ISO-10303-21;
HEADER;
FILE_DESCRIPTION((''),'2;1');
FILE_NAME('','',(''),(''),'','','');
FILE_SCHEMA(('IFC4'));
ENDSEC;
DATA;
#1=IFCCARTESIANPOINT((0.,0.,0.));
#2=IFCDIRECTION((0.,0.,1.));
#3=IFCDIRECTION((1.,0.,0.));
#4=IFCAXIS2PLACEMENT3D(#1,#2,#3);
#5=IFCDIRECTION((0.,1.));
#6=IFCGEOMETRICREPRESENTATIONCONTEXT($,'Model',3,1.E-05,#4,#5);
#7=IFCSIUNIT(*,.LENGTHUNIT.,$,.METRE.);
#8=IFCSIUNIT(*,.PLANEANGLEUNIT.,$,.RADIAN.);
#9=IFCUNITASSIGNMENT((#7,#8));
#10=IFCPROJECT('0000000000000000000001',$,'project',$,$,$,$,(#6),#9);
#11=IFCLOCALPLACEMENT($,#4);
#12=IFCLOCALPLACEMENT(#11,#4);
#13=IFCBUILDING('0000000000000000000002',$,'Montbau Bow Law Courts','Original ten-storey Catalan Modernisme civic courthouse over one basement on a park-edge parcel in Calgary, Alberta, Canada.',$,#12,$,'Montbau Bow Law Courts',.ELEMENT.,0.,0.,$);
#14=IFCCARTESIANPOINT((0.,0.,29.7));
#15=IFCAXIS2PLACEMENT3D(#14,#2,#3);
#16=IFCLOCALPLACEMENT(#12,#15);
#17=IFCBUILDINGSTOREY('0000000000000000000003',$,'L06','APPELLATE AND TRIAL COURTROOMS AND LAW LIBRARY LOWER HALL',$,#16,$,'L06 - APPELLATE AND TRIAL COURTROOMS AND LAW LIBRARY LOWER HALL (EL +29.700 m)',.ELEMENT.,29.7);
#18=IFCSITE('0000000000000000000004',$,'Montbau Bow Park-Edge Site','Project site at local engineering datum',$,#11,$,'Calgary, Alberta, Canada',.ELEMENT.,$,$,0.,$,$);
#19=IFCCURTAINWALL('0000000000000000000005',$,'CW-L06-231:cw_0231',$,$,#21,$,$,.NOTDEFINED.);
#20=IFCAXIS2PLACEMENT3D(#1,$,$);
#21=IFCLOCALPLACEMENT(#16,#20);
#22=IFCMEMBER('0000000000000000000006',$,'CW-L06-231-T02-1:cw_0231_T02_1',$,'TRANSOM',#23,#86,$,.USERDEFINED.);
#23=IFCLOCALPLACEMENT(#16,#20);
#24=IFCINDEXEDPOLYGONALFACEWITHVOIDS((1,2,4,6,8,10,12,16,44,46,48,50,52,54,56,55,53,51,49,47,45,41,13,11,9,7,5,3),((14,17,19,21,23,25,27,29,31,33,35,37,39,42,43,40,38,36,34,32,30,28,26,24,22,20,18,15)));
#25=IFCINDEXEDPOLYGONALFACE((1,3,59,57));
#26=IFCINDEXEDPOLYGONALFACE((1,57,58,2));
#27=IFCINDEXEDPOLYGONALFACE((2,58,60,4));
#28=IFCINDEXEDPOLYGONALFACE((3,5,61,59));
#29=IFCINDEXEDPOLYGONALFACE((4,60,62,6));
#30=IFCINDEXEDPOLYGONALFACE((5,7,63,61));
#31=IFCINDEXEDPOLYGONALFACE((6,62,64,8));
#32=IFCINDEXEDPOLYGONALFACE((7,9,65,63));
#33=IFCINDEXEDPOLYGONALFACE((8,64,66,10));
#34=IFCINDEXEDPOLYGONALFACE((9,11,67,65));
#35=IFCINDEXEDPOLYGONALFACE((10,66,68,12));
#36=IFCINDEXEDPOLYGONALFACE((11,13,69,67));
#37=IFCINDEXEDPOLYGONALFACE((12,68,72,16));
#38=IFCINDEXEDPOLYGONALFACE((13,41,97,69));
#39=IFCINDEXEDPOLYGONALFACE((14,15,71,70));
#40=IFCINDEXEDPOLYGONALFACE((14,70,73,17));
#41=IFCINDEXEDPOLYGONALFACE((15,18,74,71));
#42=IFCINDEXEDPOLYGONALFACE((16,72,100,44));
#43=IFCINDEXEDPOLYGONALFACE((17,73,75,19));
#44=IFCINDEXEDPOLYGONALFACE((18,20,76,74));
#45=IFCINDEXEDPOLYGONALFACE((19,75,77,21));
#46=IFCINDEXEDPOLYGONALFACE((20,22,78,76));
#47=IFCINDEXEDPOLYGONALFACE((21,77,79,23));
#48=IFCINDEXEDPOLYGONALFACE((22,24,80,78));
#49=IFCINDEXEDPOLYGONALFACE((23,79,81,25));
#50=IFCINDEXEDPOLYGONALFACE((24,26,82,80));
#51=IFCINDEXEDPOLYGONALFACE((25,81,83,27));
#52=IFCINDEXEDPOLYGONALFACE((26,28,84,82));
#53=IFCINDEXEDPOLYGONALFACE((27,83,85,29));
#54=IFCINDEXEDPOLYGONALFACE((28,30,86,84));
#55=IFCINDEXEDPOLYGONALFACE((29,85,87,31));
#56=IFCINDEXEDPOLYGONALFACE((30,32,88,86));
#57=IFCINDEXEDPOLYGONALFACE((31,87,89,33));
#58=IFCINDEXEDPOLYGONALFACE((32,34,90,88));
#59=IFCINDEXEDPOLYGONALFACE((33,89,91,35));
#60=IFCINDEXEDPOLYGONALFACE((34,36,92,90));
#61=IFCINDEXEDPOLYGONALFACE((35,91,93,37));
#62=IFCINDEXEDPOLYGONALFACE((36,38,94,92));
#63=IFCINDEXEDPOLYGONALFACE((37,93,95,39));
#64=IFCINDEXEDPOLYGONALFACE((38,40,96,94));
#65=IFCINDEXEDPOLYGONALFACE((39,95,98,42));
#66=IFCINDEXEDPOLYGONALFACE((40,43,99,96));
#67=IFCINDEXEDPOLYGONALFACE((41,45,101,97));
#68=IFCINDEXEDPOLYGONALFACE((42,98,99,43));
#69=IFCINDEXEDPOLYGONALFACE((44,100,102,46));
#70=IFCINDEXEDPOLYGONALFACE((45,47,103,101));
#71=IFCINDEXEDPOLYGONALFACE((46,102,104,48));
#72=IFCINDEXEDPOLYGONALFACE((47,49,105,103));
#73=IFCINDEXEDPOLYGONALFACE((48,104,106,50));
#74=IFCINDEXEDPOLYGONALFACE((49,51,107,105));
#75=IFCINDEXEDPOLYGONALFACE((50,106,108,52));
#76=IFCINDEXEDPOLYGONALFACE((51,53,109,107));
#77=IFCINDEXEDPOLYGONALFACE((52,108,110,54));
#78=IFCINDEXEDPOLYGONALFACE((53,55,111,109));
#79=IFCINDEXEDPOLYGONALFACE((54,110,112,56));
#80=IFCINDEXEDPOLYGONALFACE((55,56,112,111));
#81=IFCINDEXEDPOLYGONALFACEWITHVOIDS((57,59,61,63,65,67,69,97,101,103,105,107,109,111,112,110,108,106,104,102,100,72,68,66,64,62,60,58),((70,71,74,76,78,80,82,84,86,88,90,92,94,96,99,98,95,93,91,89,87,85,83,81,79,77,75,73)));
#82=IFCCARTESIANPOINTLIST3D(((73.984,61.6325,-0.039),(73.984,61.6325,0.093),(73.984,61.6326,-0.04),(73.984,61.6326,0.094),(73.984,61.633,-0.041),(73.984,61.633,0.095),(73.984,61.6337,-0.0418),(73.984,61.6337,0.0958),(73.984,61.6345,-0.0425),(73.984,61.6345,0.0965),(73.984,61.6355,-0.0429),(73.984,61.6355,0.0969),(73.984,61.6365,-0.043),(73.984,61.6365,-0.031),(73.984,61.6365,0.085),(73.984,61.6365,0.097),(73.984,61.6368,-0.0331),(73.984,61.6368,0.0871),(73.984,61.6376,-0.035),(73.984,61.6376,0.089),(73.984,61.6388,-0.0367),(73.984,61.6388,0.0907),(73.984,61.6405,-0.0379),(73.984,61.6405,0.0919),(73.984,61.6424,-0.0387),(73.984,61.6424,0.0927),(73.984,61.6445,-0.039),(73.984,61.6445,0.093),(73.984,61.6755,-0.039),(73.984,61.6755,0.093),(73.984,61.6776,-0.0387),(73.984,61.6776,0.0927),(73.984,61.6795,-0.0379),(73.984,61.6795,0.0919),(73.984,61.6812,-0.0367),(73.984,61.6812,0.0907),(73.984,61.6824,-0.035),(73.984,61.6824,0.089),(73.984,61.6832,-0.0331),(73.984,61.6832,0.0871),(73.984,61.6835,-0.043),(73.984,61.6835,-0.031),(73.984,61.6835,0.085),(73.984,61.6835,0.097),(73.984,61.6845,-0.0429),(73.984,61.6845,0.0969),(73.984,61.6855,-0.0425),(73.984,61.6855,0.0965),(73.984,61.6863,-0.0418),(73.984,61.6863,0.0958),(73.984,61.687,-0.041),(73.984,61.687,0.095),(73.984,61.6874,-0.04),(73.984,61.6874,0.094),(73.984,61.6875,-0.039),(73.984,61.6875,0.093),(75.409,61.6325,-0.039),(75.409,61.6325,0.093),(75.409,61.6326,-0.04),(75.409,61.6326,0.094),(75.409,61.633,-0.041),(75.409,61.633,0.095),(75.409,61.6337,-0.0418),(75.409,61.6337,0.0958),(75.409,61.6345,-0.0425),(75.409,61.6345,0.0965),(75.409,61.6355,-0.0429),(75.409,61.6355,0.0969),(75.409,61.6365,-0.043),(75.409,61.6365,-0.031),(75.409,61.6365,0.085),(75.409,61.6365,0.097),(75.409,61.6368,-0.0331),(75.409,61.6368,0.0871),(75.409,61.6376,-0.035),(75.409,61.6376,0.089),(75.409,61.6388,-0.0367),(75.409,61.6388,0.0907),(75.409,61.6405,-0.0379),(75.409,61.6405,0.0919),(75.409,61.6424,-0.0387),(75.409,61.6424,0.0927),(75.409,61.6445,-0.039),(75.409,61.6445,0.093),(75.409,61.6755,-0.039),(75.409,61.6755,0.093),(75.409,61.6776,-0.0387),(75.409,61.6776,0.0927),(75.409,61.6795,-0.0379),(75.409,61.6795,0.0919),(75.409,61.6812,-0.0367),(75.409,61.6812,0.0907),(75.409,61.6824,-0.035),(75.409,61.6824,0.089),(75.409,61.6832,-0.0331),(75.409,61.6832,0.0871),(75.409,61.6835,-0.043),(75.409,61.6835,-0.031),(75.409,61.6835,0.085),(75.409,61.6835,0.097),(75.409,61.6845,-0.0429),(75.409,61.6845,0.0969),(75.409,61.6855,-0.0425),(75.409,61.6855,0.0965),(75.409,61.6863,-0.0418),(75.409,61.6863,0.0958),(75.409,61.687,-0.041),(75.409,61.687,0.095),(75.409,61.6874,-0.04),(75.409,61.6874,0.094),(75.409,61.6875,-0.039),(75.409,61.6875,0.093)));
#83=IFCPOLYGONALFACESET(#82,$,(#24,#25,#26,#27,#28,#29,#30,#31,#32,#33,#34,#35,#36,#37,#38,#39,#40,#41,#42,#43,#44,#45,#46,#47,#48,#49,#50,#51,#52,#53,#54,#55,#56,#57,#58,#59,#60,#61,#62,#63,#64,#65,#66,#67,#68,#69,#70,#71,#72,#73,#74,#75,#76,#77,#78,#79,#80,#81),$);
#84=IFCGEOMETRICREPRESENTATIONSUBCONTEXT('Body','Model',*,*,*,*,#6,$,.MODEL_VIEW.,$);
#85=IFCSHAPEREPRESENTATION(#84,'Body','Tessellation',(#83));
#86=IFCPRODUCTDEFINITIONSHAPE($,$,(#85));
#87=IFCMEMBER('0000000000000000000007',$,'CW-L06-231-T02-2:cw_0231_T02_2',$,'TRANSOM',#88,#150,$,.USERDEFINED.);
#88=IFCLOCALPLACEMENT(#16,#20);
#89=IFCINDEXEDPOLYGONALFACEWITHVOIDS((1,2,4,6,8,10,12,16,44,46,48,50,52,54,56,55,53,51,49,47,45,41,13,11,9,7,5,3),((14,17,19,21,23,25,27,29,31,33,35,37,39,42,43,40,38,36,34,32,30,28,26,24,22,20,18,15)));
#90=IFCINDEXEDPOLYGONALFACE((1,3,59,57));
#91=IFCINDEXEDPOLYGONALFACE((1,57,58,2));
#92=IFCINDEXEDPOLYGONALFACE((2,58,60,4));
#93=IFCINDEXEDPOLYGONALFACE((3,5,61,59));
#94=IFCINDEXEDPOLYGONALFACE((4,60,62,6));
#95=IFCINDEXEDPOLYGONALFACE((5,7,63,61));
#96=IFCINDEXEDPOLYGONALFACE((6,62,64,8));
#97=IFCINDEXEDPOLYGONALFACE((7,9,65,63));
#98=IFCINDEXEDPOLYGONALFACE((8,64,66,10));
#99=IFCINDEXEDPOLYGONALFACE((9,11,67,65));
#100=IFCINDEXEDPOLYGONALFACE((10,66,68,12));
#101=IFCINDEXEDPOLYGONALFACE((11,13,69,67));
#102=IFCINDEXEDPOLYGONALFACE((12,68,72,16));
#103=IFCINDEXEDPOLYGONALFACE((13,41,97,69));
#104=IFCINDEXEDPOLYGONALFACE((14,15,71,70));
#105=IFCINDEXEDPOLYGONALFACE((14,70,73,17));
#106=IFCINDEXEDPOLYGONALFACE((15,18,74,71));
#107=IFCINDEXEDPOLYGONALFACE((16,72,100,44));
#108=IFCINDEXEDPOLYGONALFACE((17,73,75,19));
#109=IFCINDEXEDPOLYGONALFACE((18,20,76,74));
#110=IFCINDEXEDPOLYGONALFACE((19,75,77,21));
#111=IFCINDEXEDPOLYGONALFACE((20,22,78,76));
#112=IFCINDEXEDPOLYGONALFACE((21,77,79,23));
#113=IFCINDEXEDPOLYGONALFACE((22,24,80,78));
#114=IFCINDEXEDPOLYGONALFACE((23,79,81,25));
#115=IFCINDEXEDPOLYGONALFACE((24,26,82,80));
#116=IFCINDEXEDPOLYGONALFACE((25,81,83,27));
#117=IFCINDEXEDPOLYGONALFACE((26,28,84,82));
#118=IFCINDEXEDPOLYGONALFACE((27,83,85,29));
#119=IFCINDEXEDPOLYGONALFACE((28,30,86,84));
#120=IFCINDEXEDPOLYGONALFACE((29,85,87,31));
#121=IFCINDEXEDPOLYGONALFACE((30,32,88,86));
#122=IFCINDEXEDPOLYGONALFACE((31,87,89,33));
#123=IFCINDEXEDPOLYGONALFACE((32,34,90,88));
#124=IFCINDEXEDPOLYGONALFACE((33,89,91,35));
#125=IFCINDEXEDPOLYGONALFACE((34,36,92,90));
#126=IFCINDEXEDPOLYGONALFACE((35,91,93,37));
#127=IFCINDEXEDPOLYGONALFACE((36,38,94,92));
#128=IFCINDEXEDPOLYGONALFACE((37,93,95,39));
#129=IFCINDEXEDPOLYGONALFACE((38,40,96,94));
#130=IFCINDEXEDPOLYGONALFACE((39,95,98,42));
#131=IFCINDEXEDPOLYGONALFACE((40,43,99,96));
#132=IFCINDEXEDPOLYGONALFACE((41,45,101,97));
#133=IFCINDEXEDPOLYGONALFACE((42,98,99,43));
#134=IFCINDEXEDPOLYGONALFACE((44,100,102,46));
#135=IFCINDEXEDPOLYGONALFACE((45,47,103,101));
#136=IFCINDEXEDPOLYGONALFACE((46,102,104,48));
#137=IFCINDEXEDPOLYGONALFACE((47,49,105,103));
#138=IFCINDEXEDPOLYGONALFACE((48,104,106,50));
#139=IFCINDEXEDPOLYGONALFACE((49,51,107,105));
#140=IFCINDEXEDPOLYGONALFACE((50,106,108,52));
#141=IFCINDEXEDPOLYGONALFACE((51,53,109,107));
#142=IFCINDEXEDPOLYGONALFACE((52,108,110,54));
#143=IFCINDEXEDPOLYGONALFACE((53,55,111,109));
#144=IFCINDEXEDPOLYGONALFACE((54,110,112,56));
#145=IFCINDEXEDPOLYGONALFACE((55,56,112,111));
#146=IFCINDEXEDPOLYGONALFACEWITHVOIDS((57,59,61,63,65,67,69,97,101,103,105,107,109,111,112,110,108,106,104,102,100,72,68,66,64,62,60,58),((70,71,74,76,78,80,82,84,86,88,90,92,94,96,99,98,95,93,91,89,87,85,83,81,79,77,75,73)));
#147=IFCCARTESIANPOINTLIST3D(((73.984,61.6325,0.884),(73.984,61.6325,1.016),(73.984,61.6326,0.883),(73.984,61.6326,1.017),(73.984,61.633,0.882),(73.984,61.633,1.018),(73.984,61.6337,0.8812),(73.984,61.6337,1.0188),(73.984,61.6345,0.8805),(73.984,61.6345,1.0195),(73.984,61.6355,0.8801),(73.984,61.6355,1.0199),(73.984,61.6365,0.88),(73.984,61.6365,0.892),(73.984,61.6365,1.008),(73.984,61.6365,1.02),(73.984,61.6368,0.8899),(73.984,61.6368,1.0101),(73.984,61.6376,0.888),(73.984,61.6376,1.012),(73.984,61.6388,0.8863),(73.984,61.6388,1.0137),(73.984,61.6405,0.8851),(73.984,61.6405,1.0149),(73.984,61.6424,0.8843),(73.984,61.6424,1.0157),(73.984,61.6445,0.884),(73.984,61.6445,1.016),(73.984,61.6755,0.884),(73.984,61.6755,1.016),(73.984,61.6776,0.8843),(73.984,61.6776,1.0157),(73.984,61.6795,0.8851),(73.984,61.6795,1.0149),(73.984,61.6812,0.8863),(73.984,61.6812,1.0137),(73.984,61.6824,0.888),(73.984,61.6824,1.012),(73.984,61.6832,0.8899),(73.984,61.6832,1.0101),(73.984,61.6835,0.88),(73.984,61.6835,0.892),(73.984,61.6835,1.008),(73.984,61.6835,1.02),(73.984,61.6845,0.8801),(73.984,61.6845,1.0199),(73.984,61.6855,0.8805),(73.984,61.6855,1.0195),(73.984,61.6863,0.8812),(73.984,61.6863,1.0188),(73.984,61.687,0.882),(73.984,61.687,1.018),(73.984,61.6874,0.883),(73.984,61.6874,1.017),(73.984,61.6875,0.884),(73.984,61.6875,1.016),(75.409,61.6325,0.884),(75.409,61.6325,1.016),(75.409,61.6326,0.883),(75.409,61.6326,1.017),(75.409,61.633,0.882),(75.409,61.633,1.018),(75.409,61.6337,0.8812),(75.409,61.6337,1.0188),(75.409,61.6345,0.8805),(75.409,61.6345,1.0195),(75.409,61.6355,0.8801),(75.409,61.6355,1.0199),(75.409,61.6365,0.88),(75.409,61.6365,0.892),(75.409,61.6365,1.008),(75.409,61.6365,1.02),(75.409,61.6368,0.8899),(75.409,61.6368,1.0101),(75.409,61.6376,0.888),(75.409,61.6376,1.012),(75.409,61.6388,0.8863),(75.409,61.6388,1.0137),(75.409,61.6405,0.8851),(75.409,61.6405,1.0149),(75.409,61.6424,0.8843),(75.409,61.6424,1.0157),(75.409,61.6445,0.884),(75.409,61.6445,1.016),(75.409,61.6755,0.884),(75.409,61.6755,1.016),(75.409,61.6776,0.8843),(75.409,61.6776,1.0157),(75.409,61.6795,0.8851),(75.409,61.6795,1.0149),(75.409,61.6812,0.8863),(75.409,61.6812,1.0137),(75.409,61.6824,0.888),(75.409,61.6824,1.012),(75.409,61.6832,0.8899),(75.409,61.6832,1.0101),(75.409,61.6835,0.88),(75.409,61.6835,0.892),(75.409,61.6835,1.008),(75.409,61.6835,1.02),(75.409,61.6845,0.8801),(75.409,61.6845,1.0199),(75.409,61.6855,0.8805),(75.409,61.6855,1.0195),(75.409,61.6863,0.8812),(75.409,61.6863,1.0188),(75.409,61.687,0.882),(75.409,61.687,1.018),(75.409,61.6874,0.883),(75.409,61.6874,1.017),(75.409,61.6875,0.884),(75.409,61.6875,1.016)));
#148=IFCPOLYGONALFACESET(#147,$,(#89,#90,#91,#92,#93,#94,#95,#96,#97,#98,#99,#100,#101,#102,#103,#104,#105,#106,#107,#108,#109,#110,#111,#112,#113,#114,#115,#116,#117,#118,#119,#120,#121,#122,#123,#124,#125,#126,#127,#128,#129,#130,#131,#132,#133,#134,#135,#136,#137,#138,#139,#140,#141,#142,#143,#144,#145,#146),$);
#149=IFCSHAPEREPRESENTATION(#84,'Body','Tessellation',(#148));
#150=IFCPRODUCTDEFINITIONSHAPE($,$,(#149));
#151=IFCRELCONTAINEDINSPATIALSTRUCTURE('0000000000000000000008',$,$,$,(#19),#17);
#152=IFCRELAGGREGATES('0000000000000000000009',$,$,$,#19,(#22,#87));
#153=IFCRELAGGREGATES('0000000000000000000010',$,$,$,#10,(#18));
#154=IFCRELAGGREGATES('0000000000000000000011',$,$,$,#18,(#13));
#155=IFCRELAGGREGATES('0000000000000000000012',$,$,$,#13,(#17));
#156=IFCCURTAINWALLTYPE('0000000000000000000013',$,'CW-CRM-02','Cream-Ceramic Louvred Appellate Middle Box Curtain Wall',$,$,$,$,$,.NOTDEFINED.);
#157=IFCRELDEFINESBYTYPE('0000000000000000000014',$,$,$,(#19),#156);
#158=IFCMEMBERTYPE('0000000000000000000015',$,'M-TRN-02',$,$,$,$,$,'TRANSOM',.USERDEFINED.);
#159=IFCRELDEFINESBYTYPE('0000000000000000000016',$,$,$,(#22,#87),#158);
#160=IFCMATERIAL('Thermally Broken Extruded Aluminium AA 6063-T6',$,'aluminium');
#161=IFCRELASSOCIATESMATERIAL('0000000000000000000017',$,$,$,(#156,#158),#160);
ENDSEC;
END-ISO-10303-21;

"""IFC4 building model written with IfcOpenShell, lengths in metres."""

from ifc_helpers import new_model, si_unit, direction, frame, origin_with_axes, origin_2d_with_axis, place, context, subcontext, project, spatial, hollow_rectangle, extrude, material, material_profile, profile_set, type_object, element, aggregate, save


model = new_model("IFC4")

# Units and contexts
model_context = context("Model", 3, precision=1e-05, world=origin_with_axes(), true_north=direction((0.0, 1.0)))
body_context = subcontext(model_context, "Body", "Model", "MODEL_VIEW")
ifc_project = project(units=[si_unit("LENGTHUNIT", "METRE"), si_unit("PLANEANGLEUNIT", "RADIAN")], contexts=[model_context])

# Site, building, storey
site_placement = place(None, origin_with_axes())
site = spatial("IfcSite", under=ifc_project, at=site_placement, Name="Montbau Bow Park-Edge Site", Description="Project site at local engineering datum", LongName="Calgary, Alberta, Canada", CompositionType="ELEMENT", RefElevation=0.0)
building_placement = place(site_placement, origin_with_axes())
building = spatial("IfcBuilding", under=site, at=building_placement, Name="Montbau Bow Law Courts", Description="Original ten-storey Catalan Modernisme civic courthouse over one basement on a park-edge parcel in Calgary, Alberta, Canada.", LongName="Montbau Bow Law Courts", CompositionType="ELEMENT", ElevationOfRefHeight=0.0, ElevationOfTerrain=0.0)
storey_placement = place(building_placement, frame((0.0, 0.0, 29.7), z_axis=(0.0, 0.0, 1.0), x_axis=(1.0, 0.0, 0.0)))
storey = spatial("IfcBuildingStorey", under=building, at=storey_placement, Name="L06", Description="APPELLATE AND TRIAL COURTROOMS AND LAW LIBRARY LOWER HALL", LongName="L06 - APPELLATE AND TRIAL COURTROOMS AND LAW LIBRARY LOWER HALL (EL +29.700 m)", CompositionType="ELEMENT", Elevation=29.7)

# Curtain wall, members
ifc_material_1 = material(Name="Thermally Broken Extruded Aluminium AA 6063-T6", Category="aluminium")
curtain_wall_type = type_object("IfcCurtainWallType", Name="CW-CRM-02", Description="Cream-Ceramic Louvred Appellate Middle Box Curtain Wall", PredefinedType="NOTDEFINED", material=ifc_material_1)
curtain_wall_placement = place(None, frame((72.44, 61.66, 29.7), z_axis=(0.0, 0.0, 1.0), x_axis=(1.0, 0.0, 0.0)))
curtain_wall = element("IfcCurtainWall", 1, at=curtain_wall_placement, inside=storey, type_object=curtain_wall_type, Name="CW-L06-231:cw_0231", PredefinedType="NOTDEFINED")
ifc_material_profile_1 = material_profile(ifc_material_1, hollow_rectangle(XDim=0.055, YDim=0.14, WallThickness=0.004, InnerFilletRadius=0.008, OuterFilletRadius=0.004, at=origin_2d_with_axis()), Name="CWT-140X55", Category="Main", Priority=0)
ifc_profile_set_1 = profile_set([ifc_material_profile_1], Name="Thermally Broken Extruded Aluminium AA 6063-T6")
member_type_1 = type_object("IfcMemberType", Name="M-TRN-02", ElementType="TRANSOM", PredefinedType="USERDEFINED", material=ifc_profile_set_1)
member_1_placement = place(None, frame((73.984, 61.66, 29.727), z_axis=(1.0, 0.0, 0.0), x_axis=(0.0, 1.0, 0.0)))
member_1 = element("IfcMember", 2, at=member_1_placement, type_object=member_type_1, Name="CW-L06-231-T02-1:cw_0231_T02_1", ObjectType="TRANSOM", PredefinedType="USERDEFINED", context=body_context, shape_type="SweptSolid", body=[
    extrude(hollow_rectangle(XDim=0.055, YDim=0.14, WallThickness=0.004, InnerFilletRadius=0.008, OuterFilletRadius=0.004, at=origin_2d_with_axis()), origin_with_axes(), (0.0, 0.0, 1.0), 1.425),
])
member_2_placement = place(None, frame((73.984, 61.66, 30.65), z_axis=(1.0, 0.0, 0.0), x_axis=(0.0, 1.0, 0.0)))
member_2 = element("IfcMember", 3, at=member_2_placement, type_object=member_type_1, Name="CW-L06-231-T02-2:cw_0231_T02_2", ObjectType="TRANSOM", PredefinedType="USERDEFINED", context=body_context, shape_type="SweptSolid", body=[
    extrude(hollow_rectangle(XDim=0.055, YDim=0.14, WallThickness=0.004, InnerFilletRadius=0.008, OuterFilletRadius=0.004, at=origin_2d_with_axis()), origin_with_axes(), (0.0, 0.0, 1.0), 1.425),
])
aggregate(curtain_wall, [member_1, member_2])

save(model, "model.ifc")
